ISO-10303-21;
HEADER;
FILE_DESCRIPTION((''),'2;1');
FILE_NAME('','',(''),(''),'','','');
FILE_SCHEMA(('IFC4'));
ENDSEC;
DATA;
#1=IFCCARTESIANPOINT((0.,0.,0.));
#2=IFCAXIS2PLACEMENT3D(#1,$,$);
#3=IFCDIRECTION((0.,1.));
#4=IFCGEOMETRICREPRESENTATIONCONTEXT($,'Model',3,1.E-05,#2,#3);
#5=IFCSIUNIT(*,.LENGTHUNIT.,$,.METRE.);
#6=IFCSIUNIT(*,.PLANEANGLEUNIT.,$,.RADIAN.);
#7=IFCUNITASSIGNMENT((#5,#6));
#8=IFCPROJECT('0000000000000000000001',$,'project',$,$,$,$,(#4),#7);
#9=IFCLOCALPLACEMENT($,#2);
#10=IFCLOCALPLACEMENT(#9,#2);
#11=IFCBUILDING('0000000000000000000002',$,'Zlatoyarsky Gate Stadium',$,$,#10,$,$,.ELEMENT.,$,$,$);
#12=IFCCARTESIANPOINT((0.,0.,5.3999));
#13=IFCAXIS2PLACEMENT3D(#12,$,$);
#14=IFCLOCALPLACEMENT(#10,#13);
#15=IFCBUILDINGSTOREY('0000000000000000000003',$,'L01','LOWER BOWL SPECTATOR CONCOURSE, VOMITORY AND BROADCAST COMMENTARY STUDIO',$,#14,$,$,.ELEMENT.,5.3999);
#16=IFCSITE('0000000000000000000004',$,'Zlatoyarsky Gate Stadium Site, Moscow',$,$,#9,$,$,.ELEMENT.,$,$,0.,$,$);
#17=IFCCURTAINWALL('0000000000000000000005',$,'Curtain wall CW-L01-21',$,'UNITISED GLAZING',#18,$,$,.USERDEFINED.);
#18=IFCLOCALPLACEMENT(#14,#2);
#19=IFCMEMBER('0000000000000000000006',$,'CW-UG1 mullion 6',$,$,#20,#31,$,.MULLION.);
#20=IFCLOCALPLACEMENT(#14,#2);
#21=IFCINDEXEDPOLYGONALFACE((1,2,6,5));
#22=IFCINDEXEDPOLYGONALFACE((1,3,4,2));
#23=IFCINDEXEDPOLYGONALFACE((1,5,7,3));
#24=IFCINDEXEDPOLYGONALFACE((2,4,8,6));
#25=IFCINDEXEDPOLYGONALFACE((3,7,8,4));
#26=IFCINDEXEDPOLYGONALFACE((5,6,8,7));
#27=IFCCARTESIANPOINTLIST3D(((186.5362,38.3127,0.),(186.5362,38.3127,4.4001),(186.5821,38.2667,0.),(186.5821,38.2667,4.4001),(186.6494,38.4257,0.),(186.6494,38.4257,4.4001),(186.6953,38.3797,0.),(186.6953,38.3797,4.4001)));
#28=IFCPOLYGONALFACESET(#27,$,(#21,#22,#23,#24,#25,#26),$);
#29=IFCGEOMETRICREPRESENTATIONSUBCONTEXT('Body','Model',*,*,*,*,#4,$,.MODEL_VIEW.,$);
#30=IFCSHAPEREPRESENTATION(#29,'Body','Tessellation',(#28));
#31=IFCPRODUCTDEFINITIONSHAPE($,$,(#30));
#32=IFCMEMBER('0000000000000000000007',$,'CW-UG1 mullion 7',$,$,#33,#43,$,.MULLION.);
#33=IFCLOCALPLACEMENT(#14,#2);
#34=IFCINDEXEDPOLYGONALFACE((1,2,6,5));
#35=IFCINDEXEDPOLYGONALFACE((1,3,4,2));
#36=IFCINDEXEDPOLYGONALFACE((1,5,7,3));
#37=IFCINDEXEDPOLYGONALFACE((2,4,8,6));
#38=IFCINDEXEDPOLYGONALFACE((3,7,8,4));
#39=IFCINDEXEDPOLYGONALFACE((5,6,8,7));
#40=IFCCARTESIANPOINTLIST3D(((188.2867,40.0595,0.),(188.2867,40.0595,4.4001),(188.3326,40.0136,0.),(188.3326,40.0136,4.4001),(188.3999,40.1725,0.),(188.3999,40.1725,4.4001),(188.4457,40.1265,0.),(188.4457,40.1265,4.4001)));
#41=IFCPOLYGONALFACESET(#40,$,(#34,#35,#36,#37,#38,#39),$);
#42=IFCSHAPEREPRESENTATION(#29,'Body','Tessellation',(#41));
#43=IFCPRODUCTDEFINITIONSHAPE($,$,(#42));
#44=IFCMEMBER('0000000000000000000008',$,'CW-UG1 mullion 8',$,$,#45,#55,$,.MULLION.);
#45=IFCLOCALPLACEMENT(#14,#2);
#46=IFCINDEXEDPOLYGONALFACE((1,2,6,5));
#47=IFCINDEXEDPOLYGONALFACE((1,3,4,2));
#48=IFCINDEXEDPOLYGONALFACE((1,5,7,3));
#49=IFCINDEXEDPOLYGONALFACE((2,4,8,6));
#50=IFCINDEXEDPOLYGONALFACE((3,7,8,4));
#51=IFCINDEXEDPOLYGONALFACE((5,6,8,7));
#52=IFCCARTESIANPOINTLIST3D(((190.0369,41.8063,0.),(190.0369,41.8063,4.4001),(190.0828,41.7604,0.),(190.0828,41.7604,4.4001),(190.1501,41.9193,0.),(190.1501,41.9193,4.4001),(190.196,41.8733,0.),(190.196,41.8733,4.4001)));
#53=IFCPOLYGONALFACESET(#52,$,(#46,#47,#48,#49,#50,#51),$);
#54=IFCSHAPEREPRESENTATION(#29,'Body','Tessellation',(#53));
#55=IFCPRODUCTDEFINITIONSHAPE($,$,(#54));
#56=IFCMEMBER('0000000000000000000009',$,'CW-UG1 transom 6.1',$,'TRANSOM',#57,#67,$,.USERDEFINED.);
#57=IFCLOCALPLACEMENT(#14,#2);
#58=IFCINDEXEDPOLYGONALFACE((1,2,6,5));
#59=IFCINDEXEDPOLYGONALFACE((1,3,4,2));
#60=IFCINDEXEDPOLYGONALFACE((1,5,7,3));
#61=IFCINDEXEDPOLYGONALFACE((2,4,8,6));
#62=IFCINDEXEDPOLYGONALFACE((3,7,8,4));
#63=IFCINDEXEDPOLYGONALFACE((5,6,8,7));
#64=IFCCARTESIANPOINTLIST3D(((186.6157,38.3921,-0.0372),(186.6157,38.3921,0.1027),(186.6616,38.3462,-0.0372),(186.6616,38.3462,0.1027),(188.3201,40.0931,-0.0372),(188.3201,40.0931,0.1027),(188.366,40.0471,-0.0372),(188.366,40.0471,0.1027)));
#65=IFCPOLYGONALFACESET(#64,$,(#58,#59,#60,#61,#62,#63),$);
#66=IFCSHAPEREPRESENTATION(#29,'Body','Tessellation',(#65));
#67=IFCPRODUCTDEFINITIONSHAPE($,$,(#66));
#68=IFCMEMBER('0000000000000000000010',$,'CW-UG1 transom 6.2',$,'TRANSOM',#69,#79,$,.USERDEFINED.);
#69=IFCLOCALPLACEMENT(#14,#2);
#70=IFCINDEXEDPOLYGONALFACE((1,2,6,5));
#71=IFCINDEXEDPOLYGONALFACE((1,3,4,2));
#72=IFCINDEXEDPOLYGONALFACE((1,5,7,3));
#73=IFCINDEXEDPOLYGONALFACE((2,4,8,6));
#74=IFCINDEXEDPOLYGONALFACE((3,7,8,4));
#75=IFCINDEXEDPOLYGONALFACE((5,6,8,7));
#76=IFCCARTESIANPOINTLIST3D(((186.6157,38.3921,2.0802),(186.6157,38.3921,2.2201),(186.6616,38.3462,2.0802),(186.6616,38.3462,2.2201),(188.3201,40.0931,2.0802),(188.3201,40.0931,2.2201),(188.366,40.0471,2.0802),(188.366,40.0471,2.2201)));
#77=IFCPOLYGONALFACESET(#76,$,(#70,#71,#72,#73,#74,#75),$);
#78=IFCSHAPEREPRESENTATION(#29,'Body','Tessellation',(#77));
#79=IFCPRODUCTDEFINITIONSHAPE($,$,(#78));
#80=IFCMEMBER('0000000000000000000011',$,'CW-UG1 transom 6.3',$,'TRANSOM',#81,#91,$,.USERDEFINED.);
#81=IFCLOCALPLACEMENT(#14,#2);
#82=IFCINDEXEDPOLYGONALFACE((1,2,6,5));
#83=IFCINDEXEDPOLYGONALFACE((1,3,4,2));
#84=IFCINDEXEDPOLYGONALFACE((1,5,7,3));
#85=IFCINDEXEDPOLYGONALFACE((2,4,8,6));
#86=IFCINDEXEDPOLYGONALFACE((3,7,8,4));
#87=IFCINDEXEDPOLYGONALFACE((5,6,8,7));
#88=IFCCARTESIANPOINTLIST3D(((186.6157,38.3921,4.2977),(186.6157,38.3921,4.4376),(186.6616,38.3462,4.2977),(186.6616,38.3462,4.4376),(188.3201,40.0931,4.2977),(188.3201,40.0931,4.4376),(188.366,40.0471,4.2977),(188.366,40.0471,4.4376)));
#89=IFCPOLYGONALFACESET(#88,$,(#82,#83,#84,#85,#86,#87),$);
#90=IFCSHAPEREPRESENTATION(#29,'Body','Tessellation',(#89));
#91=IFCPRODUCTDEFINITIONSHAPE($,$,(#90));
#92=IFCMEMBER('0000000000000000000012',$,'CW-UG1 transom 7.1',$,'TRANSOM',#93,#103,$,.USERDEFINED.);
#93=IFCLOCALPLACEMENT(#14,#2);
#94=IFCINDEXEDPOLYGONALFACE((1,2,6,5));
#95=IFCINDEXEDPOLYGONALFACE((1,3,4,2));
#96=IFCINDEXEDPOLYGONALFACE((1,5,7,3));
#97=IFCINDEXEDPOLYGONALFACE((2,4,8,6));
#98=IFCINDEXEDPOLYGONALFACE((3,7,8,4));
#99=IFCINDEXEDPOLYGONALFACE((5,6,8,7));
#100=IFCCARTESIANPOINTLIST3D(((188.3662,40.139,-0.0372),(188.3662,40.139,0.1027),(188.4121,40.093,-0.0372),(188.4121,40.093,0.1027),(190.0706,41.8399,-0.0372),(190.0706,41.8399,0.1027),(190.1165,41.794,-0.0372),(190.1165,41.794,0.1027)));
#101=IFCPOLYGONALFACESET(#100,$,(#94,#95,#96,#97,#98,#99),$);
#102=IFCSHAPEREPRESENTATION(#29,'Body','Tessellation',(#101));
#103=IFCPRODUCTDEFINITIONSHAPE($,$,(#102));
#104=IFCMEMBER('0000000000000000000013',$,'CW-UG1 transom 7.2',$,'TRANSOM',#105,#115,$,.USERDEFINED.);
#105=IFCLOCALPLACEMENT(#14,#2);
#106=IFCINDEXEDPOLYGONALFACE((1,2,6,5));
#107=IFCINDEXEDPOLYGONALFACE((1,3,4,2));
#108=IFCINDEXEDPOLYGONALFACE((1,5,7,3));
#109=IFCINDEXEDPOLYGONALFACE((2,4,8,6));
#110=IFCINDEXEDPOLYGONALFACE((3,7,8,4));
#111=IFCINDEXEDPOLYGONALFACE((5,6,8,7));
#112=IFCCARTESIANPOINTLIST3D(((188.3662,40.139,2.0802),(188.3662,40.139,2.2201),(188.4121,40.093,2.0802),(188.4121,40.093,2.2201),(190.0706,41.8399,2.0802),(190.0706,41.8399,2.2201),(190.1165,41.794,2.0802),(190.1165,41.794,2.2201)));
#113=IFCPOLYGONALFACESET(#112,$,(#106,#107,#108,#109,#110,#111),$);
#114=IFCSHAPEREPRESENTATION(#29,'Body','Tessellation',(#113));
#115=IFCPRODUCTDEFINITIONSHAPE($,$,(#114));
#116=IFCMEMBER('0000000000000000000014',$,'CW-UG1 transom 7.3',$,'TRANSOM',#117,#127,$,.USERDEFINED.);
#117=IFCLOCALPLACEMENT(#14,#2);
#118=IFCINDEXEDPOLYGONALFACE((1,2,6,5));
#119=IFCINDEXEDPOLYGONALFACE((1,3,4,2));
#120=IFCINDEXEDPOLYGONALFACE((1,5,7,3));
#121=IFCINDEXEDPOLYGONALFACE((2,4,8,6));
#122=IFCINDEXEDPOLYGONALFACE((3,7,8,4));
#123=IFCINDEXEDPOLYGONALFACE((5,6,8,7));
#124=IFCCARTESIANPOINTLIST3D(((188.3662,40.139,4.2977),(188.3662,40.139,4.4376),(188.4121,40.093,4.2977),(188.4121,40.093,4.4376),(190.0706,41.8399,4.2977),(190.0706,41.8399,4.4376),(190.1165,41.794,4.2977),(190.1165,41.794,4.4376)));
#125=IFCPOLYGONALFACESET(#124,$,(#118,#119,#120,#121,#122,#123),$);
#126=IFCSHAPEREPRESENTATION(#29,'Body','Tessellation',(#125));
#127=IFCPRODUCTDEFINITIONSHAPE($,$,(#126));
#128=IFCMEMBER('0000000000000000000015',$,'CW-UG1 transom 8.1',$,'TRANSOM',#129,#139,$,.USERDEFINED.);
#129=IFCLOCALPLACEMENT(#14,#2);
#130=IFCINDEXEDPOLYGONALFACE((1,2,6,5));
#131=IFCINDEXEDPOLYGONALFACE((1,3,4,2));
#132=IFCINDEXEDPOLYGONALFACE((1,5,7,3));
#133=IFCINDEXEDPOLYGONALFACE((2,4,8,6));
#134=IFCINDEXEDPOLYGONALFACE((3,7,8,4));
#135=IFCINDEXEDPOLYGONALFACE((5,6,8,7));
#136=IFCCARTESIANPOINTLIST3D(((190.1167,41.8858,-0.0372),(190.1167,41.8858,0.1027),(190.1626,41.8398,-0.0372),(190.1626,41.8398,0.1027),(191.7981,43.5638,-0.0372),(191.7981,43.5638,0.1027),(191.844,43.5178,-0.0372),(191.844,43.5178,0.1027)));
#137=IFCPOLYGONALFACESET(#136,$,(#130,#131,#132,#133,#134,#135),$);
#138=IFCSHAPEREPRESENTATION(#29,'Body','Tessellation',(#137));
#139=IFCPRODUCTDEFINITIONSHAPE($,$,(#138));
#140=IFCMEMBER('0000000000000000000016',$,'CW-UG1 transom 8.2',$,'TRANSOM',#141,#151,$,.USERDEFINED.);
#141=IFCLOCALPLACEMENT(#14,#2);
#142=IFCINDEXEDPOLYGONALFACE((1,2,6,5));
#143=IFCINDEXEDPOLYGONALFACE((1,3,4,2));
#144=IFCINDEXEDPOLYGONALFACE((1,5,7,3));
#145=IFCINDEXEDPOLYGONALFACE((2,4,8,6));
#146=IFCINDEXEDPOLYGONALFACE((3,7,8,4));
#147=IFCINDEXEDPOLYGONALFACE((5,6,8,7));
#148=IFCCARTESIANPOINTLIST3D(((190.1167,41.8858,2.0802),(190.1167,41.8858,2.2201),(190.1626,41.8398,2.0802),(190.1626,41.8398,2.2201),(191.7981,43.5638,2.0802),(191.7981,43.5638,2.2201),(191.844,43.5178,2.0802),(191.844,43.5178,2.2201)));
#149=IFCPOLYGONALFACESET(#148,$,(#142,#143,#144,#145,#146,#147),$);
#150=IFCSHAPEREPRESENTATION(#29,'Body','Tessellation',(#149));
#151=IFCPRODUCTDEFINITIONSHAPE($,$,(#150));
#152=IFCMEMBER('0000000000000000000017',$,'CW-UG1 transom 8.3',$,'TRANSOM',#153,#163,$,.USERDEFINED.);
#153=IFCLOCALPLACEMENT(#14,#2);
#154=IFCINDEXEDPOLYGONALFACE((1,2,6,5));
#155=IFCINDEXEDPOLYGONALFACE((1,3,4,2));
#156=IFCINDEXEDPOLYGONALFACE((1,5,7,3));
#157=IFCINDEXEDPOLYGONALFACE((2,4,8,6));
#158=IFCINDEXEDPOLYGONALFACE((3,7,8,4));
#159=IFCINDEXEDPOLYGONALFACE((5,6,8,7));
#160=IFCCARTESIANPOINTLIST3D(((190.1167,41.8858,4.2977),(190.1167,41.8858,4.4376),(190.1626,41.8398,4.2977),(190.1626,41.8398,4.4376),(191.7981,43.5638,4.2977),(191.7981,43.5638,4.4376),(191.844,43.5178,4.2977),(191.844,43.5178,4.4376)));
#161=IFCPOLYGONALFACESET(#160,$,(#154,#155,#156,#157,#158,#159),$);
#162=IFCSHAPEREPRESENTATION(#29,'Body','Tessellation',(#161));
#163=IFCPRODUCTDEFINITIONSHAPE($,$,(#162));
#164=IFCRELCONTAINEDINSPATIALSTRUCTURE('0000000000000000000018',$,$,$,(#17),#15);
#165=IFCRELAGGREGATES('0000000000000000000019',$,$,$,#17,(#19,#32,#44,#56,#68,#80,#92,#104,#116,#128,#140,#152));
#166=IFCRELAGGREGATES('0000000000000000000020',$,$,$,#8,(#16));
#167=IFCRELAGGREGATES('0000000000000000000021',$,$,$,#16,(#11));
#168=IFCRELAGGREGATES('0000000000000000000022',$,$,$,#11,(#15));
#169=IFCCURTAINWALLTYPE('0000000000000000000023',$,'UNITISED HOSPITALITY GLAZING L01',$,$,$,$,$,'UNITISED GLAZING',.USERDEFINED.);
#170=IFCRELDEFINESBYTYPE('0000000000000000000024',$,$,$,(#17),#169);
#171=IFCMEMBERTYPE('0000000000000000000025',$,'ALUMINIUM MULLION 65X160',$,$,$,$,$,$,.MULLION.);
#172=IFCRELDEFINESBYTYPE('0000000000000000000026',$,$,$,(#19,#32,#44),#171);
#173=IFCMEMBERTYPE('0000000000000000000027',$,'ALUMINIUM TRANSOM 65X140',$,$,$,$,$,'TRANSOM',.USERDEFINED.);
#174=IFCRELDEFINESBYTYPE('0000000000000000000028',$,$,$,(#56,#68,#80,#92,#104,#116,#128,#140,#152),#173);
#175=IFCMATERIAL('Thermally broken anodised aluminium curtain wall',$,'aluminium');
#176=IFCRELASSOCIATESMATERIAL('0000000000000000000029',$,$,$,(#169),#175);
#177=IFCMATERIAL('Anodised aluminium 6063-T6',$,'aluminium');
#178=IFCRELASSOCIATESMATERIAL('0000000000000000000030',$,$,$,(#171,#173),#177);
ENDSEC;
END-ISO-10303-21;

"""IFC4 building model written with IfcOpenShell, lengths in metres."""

from ifc_helpers import new_model, si_unit, direction, frame, origin, origin_2d, place, context, subcontext, project, spatial, rectangle, extrude, material, material_profile, profile_set, type_object, element, aggregate, save


model = new_model("IFC4")

# Units and contexts
model_context = context("Model", 3, precision=1e-05, world=origin(), true_north=direction((0.0, 1.0)))
body_context = subcontext(model_context, "Body", "Model", "MODEL_VIEW")
ifc_project = project(units=[si_unit("LENGTHUNIT", "METRE"), si_unit("PLANEANGLEUNIT", "RADIAN")], contexts=[model_context])

# Site, building, storey
site_placement = place(None, origin())
site = spatial("IfcSite", under=ifc_project, at=site_placement, Name="Zlatoyarsky Gate Stadium Site, Moscow", CompositionType="ELEMENT", RefElevation=0.0)
building_placement = place(site_placement, origin())
building = spatial("IfcBuilding", under=site, at=building_placement, Name="Zlatoyarsky Gate Stadium", CompositionType="ELEMENT")
storey_placement = place(building_placement, frame((0.0, 0.0, 5.3999)))
storey = spatial("IfcBuildingStorey", under=building, at=storey_placement, Name="L01", Description="LOWER BOWL SPECTATOR CONCOURSE, VOMITORY AND BROADCAST COMMENTARY STUDIO", CompositionType="ELEMENT", Elevation=5.3999)

# Curtain wall, members
ifc_material_1 = material(Name="Thermally broken anodised aluminium curtain wall", Category="aluminium")
curtain_wall_type = type_object("IfcCurtainWallType", Name="UNITISED HOSPITALITY GLAZING L01", ElementType="UNITISED GLAZING", PredefinedType="USERDEFINED", material=ifc_material_1)
curtain_wall_placement = place(storey_placement, origin())
curtain_wall = element("IfcCurtainWall", 1, at=curtain_wall_placement, inside=storey, type_object=curtain_wall_type, Name="Curtain wall CW-L01-21", ObjectType="UNITISED GLAZING", PredefinedType="USERDEFINED")
ifc_material_2 = material(Name="Anodised aluminium 6063-T6", Category="aluminium")
ifc_material_profile_1 = material_profile(ifc_material_2, rectangle(XDim=0.0649, YDim=0.1599, at=origin_2d()), Name="ALU 65X160")
ifc_profile_set_1 = profile_set([ifc_material_profile_1], Name="Anodised aluminium 6063-T6")
member_type_1 = type_object("IfcMemberType", Name="ALUMINIUM MULLION 65X160", PredefinedType="MULLION", material=ifc_profile_set_1)
member_1_placement = place(storey_placement, frame((186.6157, 38.3462, 0.0), z_axis=(0.0, 0.0, 1.0), x_axis=(-0.706371, 0.707842, 0.0)))
member_1 = element("IfcMember", 2, at=member_1_placement, type_object=member_type_1, Name="CW-UG1 mullion 6", PredefinedType="MULLION", context=body_context, shape_type="SweptSolid", body=[
    extrude(rectangle(XDim=0.0649, YDim=0.1599, at=origin_2d()), origin(), (0.0, 0.0, 1.0), 4.4001),
])
member_2_placement = place(storey_placement, frame((188.3662, 40.093, 0.0), z_axis=(0.0, 0.0, 1.0), x_axis=(-0.706371, 0.707842, 0.0)))
member_2 = element("IfcMember", 3, at=member_2_placement, type_object=member_type_1, Name="CW-UG1 mullion 7", PredefinedType="MULLION", context=body_context, shape_type="SweptSolid", body=[
    extrude(rectangle(XDim=0.0649, YDim=0.1599, at=origin_2d()), origin(), (0.0, 0.0, 1.0), 4.4001),
])
member_3_placement = place(storey_placement, frame((190.1165, 41.8398, 0.0), z_axis=(0.0, 0.0, 1.0), x_axis=(-0.706371, 0.707842, 0.0)))
member_3 = element("IfcMember", 4, at=member_3_placement, type_object=member_type_1, Name="CW-UG1 mullion 8", PredefinedType="MULLION", context=body_context, shape_type="SweptSolid", body=[
    extrude(rectangle(XDim=0.0649, YDim=0.1599, at=origin_2d()), origin(), (0.0, 0.0, 1.0), 4.4001),
])
ifc_material_profile_2 = material_profile(ifc_material_2, rectangle(XDim=0.0649, YDim=0.1399, at=origin_2d()), Name="ALU 65X140")
ifc_profile_set_2 = profile_set([ifc_material_profile_2], Name="Anodised aluminium 6063-T6")
member_type_2 = type_object("IfcMemberType", Name="ALUMINIUM TRANSOM 65X140", ElementType="TRANSOM", PredefinedType="USERDEFINED", material=ifc_profile_set_2)
member_4_placement = place(storey_placement, frame((186.6387, 38.3691, 0.0327), z_axis=(0.707816, 0.706397, 0.0), x_axis=(-0.706397, 0.707816, 0.0)))
member_4 = element("IfcMember", 5, at=member_4_placement, type_object=member_type_2, Name="CW-UG1 transom 6.1", ObjectType="TRANSOM", PredefinedType="USERDEFINED", context=body_context, shape_type="SweptSolid", body=[
    extrude(rectangle(XDim=0.0649, YDim=0.1399, at=origin_2d()), origin(), (0.0, 0.0, 1.0), 2.408),
])
member_5_placement = place(storey_placement, frame((186.6387, 38.3691, 2.1501), z_axis=(0.707816, 0.706397, 0.0), x_axis=(-0.706397, 0.707816, 0.0)))
member_5 = element("IfcMember", 6, at=member_5_placement, type_object=member_type_2, Name="CW-UG1 transom 6.2", ObjectType="TRANSOM", PredefinedType="USERDEFINED", context=body_context, shape_type="SweptSolid", body=[
    extrude(rectangle(XDim=0.0649, YDim=0.1399, at=origin_2d()), origin(), (0.0, 0.0, 1.0), 2.408),
])
member_6_placement = place(storey_placement, frame((186.6387, 38.3691, 4.3677), z_axis=(0.707816, 0.706397, 0.0), x_axis=(-0.706397, 0.707816, 0.0)))
member_6 = element("IfcMember", 7, at=member_6_placement, type_object=member_type_2, Name="CW-UG1 transom 6.3", ObjectType="TRANSOM", PredefinedType="USERDEFINED", context=body_context, shape_type="SweptSolid", body=[
    extrude(rectangle(XDim=0.0649, YDim=0.1399, at=origin_2d()), origin(), (0.0, 0.0, 1.0), 2.408),
])
member_7_placement = place(storey_placement, frame((188.3892, 40.116, 0.0327), z_axis=(0.707816, 0.706397, 0.0), x_axis=(-0.706397, 0.707816, 0.0)))
member_7 = element("IfcMember", 8, at=member_7_placement, type_object=member_type_2, Name="CW-UG1 transom 7.1", ObjectType="TRANSOM", PredefinedType="USERDEFINED", context=body_context, shape_type="SweptSolid", body=[
    extrude(rectangle(XDim=0.0649, YDim=0.1399, at=origin_2d()), origin(), (0.0, 0.0, 1.0), 2.408),
])
member_8_placement = place(storey_placement, frame((188.3892, 40.116, 2.1501), z_axis=(0.707816, 0.706397, 0.0), x_axis=(-0.706397, 0.707816, 0.0)))
member_8 = element("IfcMember", 9, at=member_8_placement, type_object=member_type_2, Name="CW-UG1 transom 7.2", ObjectType="TRANSOM", PredefinedType="USERDEFINED", context=body_context, shape_type="SweptSolid", body=[
    extrude(rectangle(XDim=0.0649, YDim=0.1399, at=origin_2d()), origin(), (0.0, 0.0, 1.0), 2.408),
])
member_9_placement = place(storey_placement, frame((188.3892, 40.116, 4.3677), z_axis=(0.707816, 0.706397, 0.0), x_axis=(-0.706397, 0.707816, 0.0)))
member_9 = element("IfcMember", 10, at=member_9_placement, type_object=member_type_2, Name="CW-UG1 transom 7.3", ObjectType="TRANSOM", PredefinedType="USERDEFINED", context=body_context, shape_type="SweptSolid", body=[
    extrude(rectangle(XDim=0.0649, YDim=0.1399, at=origin_2d()), origin(), (0.0, 0.0, 1.0), 2.408),
])
member_10_placement = place(storey_placement, frame((190.1396, 41.8628, 0.0327), z_axis=(0.707826, 0.706387, 0.0), x_axis=(-0.706387, 0.707826, 0.0)))
member_10 = element("IfcMember", 11, at=member_10_placement, type_object=member_type_2, Name="CW-UG1 transom 8.1", ObjectType="TRANSOM", PredefinedType="USERDEFINED", context=body_context, shape_type="SweptSolid", body=[
    extrude(rectangle(XDim=0.0649, YDim=0.1399, at=origin_2d()), origin(), (0.0, 0.0, 1.0), 2.3755),
])
member_11_placement = place(storey_placement, frame((190.1396, 41.8628, 2.1501), z_axis=(0.707826, 0.706387, 0.0), x_axis=(-0.706387, 0.707826, 0.0)))
member_11 = element("IfcMember", 12, at=member_11_placement, type_object=member_type_2, Name="CW-UG1 transom 8.2", ObjectType="TRANSOM", PredefinedType="USERDEFINED", context=body_context, shape_type="SweptSolid", body=[
    extrude(rectangle(XDim=0.0649, YDim=0.1399, at=origin_2d()), origin(), (0.0, 0.0, 1.0), 2.3755),
])
member_12_placement = place(storey_placement, frame((190.1396, 41.8628, 4.3677), z_axis=(0.707826, 0.706387, 0.0), x_axis=(-0.706387, 0.707826, 0.0)))
member_12 = element("IfcMember", 13, at=member_12_placement, type_object=member_type_2, Name="CW-UG1 transom 8.3", ObjectType="TRANSOM", PredefinedType="USERDEFINED", context=body_context, shape_type="SweptSolid", body=[
    extrude(rectangle(XDim=0.0649, YDim=0.1399, at=origin_2d()), origin(), (0.0, 0.0, 1.0), 2.3755),
])

aggregate(curtain_wall, [member_1, member_2, member_3, member_4, member_5, member_6, member_7, member_8, member_9, member_10, member_11, member_12])

save(model, "model.ifc")
